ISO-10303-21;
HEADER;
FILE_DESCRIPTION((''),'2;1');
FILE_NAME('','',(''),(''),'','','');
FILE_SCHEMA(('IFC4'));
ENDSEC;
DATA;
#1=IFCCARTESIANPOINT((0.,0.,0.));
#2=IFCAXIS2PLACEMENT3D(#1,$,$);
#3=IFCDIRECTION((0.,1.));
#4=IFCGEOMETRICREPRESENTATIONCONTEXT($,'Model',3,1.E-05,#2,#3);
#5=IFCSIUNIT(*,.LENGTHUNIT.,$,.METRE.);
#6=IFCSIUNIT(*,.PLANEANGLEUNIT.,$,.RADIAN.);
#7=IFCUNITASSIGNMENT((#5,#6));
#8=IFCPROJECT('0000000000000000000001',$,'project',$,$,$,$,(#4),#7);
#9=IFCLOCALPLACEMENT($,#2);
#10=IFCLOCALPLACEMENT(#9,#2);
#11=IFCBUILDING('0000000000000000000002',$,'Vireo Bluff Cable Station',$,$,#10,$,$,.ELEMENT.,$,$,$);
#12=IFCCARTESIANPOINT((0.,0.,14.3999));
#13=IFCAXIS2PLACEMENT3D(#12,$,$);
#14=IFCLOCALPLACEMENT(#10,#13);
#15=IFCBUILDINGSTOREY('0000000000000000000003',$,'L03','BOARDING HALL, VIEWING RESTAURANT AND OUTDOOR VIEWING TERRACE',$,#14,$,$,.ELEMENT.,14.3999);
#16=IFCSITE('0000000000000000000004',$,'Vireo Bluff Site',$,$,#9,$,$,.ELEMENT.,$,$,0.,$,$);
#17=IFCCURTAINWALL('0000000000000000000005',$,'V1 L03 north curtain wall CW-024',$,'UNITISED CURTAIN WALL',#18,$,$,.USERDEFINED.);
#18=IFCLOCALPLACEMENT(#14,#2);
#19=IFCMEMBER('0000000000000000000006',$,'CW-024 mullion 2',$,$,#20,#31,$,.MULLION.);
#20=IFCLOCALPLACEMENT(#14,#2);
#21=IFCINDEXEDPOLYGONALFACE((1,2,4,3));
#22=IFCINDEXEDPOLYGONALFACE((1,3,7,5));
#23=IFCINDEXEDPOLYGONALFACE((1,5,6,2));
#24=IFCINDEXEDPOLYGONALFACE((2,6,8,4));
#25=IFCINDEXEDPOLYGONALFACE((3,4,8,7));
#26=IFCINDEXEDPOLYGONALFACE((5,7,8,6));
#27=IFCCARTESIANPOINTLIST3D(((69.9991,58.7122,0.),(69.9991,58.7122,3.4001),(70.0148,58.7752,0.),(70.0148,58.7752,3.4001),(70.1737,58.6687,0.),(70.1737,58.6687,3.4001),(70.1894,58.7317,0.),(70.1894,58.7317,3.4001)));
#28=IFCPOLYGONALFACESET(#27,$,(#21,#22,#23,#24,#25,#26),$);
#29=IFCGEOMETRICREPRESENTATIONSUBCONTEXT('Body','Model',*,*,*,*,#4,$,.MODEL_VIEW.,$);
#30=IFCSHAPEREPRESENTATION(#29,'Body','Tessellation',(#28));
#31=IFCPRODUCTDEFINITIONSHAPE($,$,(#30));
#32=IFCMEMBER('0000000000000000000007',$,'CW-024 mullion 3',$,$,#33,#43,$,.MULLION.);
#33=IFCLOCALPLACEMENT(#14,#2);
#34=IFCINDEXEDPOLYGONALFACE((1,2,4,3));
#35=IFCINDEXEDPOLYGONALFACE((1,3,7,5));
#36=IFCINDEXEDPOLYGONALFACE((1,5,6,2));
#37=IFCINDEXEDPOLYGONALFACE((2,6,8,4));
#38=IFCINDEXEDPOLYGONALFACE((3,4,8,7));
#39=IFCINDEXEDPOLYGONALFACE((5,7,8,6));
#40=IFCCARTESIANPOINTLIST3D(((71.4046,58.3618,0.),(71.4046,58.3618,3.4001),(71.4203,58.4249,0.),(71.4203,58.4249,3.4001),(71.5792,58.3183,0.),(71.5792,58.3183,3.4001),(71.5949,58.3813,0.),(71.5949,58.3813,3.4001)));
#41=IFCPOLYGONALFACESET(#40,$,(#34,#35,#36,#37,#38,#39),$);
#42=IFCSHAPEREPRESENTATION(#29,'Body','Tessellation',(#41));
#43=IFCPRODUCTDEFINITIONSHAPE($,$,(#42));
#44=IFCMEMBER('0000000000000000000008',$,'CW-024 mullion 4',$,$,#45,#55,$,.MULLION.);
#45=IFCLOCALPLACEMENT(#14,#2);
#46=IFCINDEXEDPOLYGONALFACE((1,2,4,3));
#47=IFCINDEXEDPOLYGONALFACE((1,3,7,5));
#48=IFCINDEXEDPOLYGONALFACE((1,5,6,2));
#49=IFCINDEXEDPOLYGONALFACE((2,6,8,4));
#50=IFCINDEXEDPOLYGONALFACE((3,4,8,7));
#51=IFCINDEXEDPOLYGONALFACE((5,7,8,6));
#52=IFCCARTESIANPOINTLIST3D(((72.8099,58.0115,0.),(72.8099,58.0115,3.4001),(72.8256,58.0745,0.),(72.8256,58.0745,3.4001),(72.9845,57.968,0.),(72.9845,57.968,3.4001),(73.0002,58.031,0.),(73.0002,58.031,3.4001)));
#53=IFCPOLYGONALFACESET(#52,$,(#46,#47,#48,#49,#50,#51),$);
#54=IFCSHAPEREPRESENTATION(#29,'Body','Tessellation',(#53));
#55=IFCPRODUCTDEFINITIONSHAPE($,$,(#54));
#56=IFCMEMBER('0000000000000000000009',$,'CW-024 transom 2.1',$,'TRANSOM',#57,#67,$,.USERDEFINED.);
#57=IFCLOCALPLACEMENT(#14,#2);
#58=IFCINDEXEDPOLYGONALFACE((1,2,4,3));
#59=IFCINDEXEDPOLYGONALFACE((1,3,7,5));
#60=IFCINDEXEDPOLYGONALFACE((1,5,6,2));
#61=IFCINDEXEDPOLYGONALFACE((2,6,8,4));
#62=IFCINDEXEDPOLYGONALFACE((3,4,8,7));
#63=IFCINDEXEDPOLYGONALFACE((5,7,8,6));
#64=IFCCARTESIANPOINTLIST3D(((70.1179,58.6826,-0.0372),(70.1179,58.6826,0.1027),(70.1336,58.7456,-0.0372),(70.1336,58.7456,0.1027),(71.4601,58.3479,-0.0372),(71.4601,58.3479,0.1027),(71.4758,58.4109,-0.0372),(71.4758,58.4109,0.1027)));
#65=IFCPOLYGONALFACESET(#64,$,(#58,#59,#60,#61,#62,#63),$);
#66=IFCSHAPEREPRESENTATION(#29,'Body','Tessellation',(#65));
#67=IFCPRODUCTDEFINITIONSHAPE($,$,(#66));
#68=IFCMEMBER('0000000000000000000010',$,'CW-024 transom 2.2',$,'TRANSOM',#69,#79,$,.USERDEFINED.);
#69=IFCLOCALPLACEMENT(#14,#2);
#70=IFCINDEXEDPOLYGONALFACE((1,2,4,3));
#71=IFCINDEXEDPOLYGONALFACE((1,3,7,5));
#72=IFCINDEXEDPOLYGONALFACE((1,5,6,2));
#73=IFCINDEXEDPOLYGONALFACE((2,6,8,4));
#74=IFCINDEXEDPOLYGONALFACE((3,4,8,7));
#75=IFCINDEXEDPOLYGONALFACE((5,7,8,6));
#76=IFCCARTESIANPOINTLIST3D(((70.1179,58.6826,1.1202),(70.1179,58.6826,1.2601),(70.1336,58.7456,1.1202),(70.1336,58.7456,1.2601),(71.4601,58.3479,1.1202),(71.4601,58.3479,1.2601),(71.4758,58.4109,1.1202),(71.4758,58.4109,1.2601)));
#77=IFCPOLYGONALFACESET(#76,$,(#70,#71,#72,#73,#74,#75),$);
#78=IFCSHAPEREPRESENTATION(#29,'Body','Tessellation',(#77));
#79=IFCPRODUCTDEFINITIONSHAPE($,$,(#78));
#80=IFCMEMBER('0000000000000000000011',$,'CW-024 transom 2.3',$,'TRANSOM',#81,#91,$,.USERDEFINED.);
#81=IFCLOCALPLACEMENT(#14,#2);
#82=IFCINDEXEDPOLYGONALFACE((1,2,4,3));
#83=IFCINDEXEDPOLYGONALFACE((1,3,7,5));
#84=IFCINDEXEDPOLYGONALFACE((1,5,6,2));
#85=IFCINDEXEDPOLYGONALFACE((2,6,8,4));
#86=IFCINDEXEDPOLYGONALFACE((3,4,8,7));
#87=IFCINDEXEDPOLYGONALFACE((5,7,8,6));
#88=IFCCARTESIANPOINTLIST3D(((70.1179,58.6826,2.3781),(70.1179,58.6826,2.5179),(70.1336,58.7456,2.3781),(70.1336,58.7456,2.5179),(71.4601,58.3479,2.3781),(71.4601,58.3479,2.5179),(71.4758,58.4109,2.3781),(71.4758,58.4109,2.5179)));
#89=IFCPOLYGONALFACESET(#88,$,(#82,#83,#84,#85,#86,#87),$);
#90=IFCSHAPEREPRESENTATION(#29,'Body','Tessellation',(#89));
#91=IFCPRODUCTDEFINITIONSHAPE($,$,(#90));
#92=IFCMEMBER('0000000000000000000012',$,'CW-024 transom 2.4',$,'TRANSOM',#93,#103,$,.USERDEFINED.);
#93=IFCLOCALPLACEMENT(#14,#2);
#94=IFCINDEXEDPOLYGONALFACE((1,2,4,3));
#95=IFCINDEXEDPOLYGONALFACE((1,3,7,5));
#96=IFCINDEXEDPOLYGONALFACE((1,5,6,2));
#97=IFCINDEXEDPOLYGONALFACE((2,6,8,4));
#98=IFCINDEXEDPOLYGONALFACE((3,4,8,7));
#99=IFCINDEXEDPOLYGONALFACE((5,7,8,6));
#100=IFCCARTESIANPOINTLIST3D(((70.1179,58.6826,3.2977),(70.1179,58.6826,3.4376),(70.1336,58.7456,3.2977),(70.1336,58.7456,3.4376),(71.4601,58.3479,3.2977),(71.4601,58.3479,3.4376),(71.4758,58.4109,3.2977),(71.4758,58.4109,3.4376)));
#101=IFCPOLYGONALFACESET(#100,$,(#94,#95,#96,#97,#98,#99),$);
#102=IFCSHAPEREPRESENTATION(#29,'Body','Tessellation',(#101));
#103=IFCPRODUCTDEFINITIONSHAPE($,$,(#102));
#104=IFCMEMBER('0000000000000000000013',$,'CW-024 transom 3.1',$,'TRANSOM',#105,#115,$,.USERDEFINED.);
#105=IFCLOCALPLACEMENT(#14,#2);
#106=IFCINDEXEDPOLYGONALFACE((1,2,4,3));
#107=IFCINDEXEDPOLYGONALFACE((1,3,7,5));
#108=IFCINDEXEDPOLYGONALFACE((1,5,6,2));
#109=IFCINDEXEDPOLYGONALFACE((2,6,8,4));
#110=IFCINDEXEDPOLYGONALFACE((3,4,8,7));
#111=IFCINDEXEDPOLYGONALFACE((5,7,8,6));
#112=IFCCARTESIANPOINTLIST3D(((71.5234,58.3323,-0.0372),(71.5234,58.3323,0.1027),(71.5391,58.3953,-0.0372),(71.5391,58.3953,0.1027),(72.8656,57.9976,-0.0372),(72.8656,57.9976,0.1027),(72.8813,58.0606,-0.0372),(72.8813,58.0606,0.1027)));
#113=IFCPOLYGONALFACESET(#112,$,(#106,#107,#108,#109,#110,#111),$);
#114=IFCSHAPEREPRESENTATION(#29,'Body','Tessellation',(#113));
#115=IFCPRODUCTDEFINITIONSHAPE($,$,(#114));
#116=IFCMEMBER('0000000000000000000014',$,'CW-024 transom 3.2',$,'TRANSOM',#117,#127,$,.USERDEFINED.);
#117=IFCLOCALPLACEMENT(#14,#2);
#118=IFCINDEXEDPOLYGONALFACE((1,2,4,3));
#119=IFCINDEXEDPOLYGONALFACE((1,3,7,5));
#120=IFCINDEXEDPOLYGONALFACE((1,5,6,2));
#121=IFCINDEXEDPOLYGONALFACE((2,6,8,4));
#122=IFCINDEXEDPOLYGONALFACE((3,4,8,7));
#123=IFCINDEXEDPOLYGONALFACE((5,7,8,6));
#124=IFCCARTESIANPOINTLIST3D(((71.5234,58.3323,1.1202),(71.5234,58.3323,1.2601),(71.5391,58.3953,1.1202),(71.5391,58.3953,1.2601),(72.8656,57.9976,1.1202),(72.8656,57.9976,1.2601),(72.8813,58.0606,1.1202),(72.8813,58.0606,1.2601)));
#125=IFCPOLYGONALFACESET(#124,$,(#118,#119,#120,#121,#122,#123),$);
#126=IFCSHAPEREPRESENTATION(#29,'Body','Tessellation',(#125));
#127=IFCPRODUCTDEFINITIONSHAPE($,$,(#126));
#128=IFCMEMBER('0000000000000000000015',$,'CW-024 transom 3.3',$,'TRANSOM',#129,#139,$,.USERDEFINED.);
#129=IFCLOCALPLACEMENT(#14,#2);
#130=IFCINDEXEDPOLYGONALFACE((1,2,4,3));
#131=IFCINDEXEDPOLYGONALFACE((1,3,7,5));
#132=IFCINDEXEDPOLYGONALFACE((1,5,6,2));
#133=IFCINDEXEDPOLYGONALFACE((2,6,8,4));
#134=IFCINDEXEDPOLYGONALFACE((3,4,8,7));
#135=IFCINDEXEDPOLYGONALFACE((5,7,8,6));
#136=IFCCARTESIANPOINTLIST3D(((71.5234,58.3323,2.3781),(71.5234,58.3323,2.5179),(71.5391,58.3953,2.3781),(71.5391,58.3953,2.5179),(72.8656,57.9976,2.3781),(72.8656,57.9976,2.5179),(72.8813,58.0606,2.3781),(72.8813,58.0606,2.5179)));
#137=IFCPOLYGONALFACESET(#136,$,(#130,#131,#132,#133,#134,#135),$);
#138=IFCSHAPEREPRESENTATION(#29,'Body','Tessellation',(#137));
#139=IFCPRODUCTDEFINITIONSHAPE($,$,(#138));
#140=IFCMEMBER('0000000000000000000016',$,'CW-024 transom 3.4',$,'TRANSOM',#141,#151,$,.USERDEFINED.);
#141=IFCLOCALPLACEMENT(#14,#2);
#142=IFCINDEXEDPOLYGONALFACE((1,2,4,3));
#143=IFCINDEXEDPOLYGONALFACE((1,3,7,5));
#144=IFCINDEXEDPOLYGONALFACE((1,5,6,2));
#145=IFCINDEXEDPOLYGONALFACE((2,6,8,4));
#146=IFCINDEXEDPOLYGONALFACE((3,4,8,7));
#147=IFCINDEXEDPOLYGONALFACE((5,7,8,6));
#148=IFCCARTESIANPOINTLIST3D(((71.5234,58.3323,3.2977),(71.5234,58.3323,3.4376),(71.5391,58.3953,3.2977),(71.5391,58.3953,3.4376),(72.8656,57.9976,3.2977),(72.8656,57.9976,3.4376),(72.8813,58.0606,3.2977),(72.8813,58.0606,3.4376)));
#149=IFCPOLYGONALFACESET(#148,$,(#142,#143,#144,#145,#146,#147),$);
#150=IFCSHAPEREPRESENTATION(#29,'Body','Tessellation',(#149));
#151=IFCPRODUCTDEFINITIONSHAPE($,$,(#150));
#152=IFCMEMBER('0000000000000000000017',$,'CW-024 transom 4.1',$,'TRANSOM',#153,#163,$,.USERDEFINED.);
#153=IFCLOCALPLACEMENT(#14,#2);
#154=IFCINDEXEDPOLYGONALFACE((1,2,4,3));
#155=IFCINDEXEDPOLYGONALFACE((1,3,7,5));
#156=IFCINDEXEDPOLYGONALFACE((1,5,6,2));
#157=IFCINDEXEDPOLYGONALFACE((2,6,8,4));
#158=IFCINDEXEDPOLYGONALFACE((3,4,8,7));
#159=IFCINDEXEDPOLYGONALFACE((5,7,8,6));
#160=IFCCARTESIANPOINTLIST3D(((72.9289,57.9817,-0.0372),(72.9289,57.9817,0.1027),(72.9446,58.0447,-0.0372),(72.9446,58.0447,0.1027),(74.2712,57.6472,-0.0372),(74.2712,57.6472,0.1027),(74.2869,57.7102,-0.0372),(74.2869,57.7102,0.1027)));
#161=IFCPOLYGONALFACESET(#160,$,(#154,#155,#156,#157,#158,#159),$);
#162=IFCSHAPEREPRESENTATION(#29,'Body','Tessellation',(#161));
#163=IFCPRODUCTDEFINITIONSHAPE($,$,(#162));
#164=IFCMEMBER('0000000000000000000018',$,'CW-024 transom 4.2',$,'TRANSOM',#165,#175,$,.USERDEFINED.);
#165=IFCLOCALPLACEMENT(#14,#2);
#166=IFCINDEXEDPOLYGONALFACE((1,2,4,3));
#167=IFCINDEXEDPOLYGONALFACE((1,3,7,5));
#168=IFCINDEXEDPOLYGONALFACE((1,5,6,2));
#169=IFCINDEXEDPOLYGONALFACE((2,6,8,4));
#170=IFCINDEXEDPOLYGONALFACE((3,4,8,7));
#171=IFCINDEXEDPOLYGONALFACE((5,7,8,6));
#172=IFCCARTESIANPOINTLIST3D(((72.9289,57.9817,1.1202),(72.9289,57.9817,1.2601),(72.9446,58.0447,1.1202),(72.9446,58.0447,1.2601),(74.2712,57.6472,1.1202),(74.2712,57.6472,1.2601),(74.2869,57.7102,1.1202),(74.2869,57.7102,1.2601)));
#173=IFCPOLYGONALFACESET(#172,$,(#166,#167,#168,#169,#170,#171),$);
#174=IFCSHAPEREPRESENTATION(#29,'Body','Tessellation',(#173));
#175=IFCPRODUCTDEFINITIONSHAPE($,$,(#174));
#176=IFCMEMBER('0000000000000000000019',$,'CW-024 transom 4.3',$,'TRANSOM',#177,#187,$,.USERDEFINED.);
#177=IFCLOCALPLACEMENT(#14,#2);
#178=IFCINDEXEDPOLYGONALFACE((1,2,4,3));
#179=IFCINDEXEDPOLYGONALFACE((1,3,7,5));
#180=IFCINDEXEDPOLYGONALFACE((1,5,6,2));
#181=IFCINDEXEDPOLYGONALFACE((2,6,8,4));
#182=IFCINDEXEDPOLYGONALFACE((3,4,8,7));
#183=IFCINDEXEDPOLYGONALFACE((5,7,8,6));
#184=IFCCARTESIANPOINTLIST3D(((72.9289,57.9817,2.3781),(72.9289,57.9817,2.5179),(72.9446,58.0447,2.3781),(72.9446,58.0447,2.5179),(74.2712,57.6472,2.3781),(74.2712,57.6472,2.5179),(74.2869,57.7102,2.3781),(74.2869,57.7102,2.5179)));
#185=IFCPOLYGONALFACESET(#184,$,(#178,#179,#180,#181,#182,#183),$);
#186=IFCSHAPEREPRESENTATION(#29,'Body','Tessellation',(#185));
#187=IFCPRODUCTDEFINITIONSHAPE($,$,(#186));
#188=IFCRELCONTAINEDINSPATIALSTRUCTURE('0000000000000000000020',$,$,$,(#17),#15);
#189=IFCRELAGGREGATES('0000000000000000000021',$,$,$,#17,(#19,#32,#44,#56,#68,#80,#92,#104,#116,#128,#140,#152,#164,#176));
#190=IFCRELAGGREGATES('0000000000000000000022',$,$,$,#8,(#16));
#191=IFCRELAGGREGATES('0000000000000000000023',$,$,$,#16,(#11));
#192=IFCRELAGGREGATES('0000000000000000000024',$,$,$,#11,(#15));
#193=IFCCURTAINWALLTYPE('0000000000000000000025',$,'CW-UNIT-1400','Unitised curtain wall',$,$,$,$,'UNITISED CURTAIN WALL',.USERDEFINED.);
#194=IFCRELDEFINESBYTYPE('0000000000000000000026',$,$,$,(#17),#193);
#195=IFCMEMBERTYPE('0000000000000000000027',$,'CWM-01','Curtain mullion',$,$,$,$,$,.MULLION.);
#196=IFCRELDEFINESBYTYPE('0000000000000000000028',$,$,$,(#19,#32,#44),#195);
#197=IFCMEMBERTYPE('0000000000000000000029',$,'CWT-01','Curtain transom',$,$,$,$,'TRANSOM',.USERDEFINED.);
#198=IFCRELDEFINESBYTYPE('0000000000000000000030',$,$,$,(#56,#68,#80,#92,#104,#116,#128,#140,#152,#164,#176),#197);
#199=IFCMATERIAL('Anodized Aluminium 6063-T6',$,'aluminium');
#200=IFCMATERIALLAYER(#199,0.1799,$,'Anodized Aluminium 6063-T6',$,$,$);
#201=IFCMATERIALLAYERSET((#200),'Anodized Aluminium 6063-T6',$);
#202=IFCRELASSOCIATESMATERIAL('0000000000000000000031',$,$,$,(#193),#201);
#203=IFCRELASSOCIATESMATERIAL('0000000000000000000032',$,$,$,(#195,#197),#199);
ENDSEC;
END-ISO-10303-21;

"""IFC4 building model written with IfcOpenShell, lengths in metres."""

from ifc_helpers import new_model, si_unit, direction, frame, origin, origin_2d, place, context, subcontext, project, spatial, rectangle, extrude, material, layer, layer_set, material_profile, profile_set, type_object, element, aggregate, save


model = new_model("IFC4")

# Units and contexts
model_context = context("Model", 3, precision=1e-05, world=origin(), true_north=direction((0.0, 1.0)))
body_context = subcontext(model_context, "Body", "Model", "MODEL_VIEW")
ifc_project = project(units=[si_unit("LENGTHUNIT", "METRE"), si_unit("PLANEANGLEUNIT", "RADIAN")], contexts=[model_context])

# Site, building, storey
site_placement = place(None, origin())
site = spatial("IfcSite", under=ifc_project, at=site_placement, Name="Vireo Bluff Site", CompositionType="ELEMENT", RefElevation=0.0)
building_placement = place(site_placement, origin())
building = spatial("IfcBuilding", under=site, at=building_placement, Name="Vireo Bluff Cable Station", CompositionType="ELEMENT")
storey_placement = place(building_placement, frame((0.0, 0.0, 14.3999)))
storey = spatial("IfcBuildingStorey", under=building, at=storey_placement, Name="L03", Description="BOARDING HALL, VIEWING RESTAURANT AND OUTDOOR VIEWING TERRACE", CompositionType="ELEMENT", Elevation=14.3999)

# Curtain wall, members
ifc_material_1 = material(Name="Anodized Aluminium 6063-T6", Category="aluminium")
ifc_layer_1 = layer(ifc_material_1, 0.1799, Name="Anodized Aluminium 6063-T6")
ifc_layer_set_1 = layer_set([ifc_layer_1], Name="Anodized Aluminium 6063-T6")
curtain_wall_type = type_object("IfcCurtainWallType", Name="CW-UNIT-1400", Description="Unitised curtain wall", ElementType="UNITISED CURTAIN WALL", PredefinedType="USERDEFINED", material=ifc_layer_set_1)
curtain_wall_placement = place(storey_placement, origin())
curtain_wall = element("IfcCurtainWall", 1, at=curtain_wall_placement, inside=storey, type_object=curtain_wall_type, Name="V1 L03 north curtain wall CW-024", ObjectType="UNITISED CURTAIN WALL", PredefinedType="USERDEFINED")
ifc_material_profile_1 = material_profile(ifc_material_1, rectangle(XDim=0.0649, YDim=0.1799, at=origin_2d()), Name="ALU-M-65X180")
ifc_profile_set_1 = profile_set([ifc_material_profile_1], Name="Anodized Aluminium 6063-T6")
member_type_1 = type_object("IfcMemberType", Name="CWM-01", Description="Curtain mullion", PredefinedType="MULLION", material=ifc_profile_set_1)
member_1_placement = place(storey_placement, frame((70.0942, 58.7219, 0.0), z_axis=(0.0, 0.0, 1.0), x_axis=(0.241922, 0.970296, 0.0)))
member_1 = element("IfcMember", 2, at=member_1_placement, type_object=member_type_1, Name="CW-024 mullion 2", PredefinedType="MULLION", context=body_context, shape_type="SweptSolid", body=[
    extrude(rectangle(XDim=0.0649, YDim=0.1799, at=origin_2d()), origin(), (0.0, 0.0, 1.0), 3.4001),
])
member_2_placement = place(storey_placement, frame((71.4998, 58.3716, 0.0), z_axis=(0.0, 0.0, 1.0), x_axis=(0.241922, 0.970296, 0.0)))
member_2 = element("IfcMember", 3, at=member_2_placement, type_object=member_type_1, Name="CW-024 mullion 3", PredefinedType="MULLION", context=body_context, shape_type="SweptSolid", body=[
    extrude(rectangle(XDim=0.0649, YDim=0.1799, at=origin_2d()), origin(), (0.0, 0.0, 1.0), 3.4001),
])
member_3_placement = place(storey_placement, frame((72.905, 58.0212, 0.0), z_axis=(0.0, 0.0, 1.0), x_axis=(0.241922, 0.970296, 0.0)))
member_3 = element("IfcMember", 4, at=member_3_placement, type_object=member_type_1, Name="CW-024 mullion 4", PredefinedType="MULLION", context=body_context, shape_type="SweptSolid", body=[
    extrude(rectangle(XDim=0.0649, YDim=0.1799, at=origin_2d()), origin(), (0.0, 0.0, 1.0), 3.4001),
])
ifc_material_profile_2 = material_profile(ifc_material_1, rectangle(XDim=0.0649, YDim=0.1399, at=origin_2d()), Name="ALU-T-65X140")
ifc_profile_set_2 = profile_set([ifc_material_profile_2], Name="Anodized Aluminium 6063-T6")
member_type_2 = type_object("IfcMemberType", Name="CWT-01", Description="Curtain transom", ElementType="TRANSOM", PredefinedType="USERDEFINED", material=ifc_profile_set_2)
member_4_placement = place(storey_placement, frame((70.1257, 58.7141, 0.0327), z_axis=(0.970288, -0.241954, 0.0), x_axis=(0.241954, 0.970288, 0.0)))
member_4 = element("IfcMember", 5, at=member_4_placement, type_object=member_type_2, Name="CW-024 transom 2.1", ObjectType="TRANSOM", PredefinedType="USERDEFINED", context=body_context, shape_type="SweptSolid", body=[
    extrude(rectangle(XDim=0.0649, YDim=0.1399, at=origin_2d()), origin(), (0.0, 0.0, 1.0), 1.3833),
])
member_5_placement = place(storey_placement, frame((70.1257, 58.7141, 1.1902), z_axis=(0.970288, -0.241954, 0.0), x_axis=(0.241954, 0.970288, 0.0)))
member_5 = element("IfcMember", 6, at=member_5_placement, type_object=member_type_2, Name="CW-024 transom 2.2", ObjectType="TRANSOM", PredefinedType="USERDEFINED", context=body_context, shape_type="SweptSolid", body=[
    extrude(rectangle(XDim=0.0649, YDim=0.1399, at=origin_2d()), origin(), (0.0, 0.0, 1.0), 1.3833),
])
member_6_placement = place(storey_placement, frame((70.1257, 58.7141, 2.448), z_axis=(0.970288, -0.241954, 0.0), x_axis=(0.241954, 0.970288, 0.0)))
member_6 = element("IfcMember", 7, at=member_6_placement, type_object=member_type_2, Name="CW-024 transom 2.3", ObjectType="TRANSOM", PredefinedType="USERDEFINED", context=body_context, shape_type="SweptSolid", body=[
    extrude(rectangle(XDim=0.0649, YDim=0.1399, at=origin_2d()), origin(), (0.0, 0.0, 1.0), 1.3833),
])
member_7_placement = place(storey_placement, frame((70.1257, 58.7141, 3.3677), z_axis=(0.970288, -0.241954, 0.0), x_axis=(0.241954, 0.970288, 0.0)))
member_7 = element("IfcMember", 8, at=member_7_placement, type_object=member_type_2, Name="CW-024 transom 2.4", ObjectType="TRANSOM", PredefinedType="USERDEFINED", context=body_context, shape_type="SweptSolid", body=[
    extrude(rectangle(XDim=0.0649, YDim=0.1399, at=origin_2d()), origin(), (0.0, 0.0, 1.0), 1.3833),
])
member_8_placement = place(storey_placement, frame((71.5312, 58.3638, 0.0327), z_axis=(0.970288, -0.241954, 0.0), x_axis=(0.241954, 0.970288, 0.0)))
member_8 = element("IfcMember", 9, at=member_8_placement, type_object=member_type_2, Name="CW-024 transom 3.1", ObjectType="TRANSOM", PredefinedType="USERDEFINED", context=body_context, shape_type="SweptSolid", body=[
    extrude(rectangle(XDim=0.0649, YDim=0.1399, at=origin_2d()), origin(), (0.0, 0.0, 1.0), 1.3833),
])
member_9_placement = place(storey_placement, frame((71.5312, 58.3638, 1.1902), z_axis=(0.970288, -0.241954, 0.0), x_axis=(0.241954, 0.970288, 0.0)))
member_9 = element("IfcMember", 10, at=member_9_placement, type_object=member_type_2, Name="CW-024 transom 3.2", ObjectType="TRANSOM", PredefinedType="USERDEFINED", context=body_context, shape_type="SweptSolid", body=[
    extrude(rectangle(XDim=0.0649, YDim=0.1399, at=origin_2d()), origin(), (0.0, 0.0, 1.0), 1.3833),
])
member_10_placement = place(storey_placement, frame((71.5312, 58.3638, 2.448), z_axis=(0.970288, -0.241954, 0.0), x_axis=(0.241954, 0.970288, 0.0)))
member_10 = element("IfcMember", 11, at=member_10_placement, type_object=member_type_2, Name="CW-024 transom 3.3", ObjectType="TRANSOM", PredefinedType="USERDEFINED", context=body_context, shape_type="SweptSolid", body=[
    extrude(rectangle(XDim=0.0649, YDim=0.1399, at=origin_2d()), origin(), (0.0, 0.0, 1.0), 1.3833),
])
member_11_placement = place(storey_placement, frame((71.5312, 58.3638, 3.3677), z_axis=(0.970288, -0.241954, 0.0), x_axis=(0.241954, 0.970288, 0.0)))
member_11 = element("IfcMember", 12, at=member_11_placement, type_object=member_type_2, Name="CW-024 transom 3.4", ObjectType="TRANSOM", PredefinedType="USERDEFINED", context=body_context, shape_type="SweptSolid", body=[
    extrude(rectangle(XDim=0.0649, YDim=0.1399, at=origin_2d()), origin(), (0.0, 0.0, 1.0), 1.3833),
])
member_12_placement = place(storey_placement, frame((72.9368, 58.0132, 0.0327), z_axis=(0.970329, -0.241788, 0.0), x_axis=(0.241788, 0.970329, 0.0)))
member_12 = element("IfcMember", 13, at=member_12_placement, type_object=member_type_2, Name="CW-024 transom 4.1", ObjectType="TRANSOM", PredefinedType="USERDEFINED", context=body_context, shape_type="SweptSolid", body=[
    extrude(rectangle(XDim=0.0649, YDim=0.1399, at=origin_2d()), origin(), (0.0, 0.0, 1.0), 1.3833),
])
member_13_placement = place(storey_placement, frame((72.9368, 58.0132, 1.1902), z_axis=(0.970329, -0.241788, 0.0), x_axis=(0.241788, 0.970329, 0.0)))
member_13 = element("IfcMember", 14, at=member_13_placement, type_object=member_type_2, Name="CW-024 transom 4.2", ObjectType="TRANSOM", PredefinedType="USERDEFINED", context=body_context, shape_type="SweptSolid", body=[
    extrude(rectangle(XDim=0.0649, YDim=0.1399, at=origin_2d()), origin(), (0.0, 0.0, 1.0), 1.3833),
])
member_14_placement = place(storey_placement, frame((72.9368, 58.0132, 2.448), z_axis=(0.970329, -0.241788, 0.0), x_axis=(0.241788, 0.970329, 0.0)))
member_14 = element("IfcMember", 15, at=member_14_placement, type_object=member_type_2, Name="CW-024 transom 4.3", ObjectType="TRANSOM", PredefinedType="USERDEFINED", context=body_context, shape_type="SweptSolid", body=[
    extrude(rectangle(XDim=0.0649, YDim=0.1399, at=origin_2d()), origin(), (0.0, 0.0, 1.0), 1.3833),
])

aggregate(curtain_wall, [member_1, member_2, member_3, member_4, member_5, member_6, member_7, member_8, member_9, member_10, member_11, member_12, member_13, member_14])

save(model, "model.ifc")
